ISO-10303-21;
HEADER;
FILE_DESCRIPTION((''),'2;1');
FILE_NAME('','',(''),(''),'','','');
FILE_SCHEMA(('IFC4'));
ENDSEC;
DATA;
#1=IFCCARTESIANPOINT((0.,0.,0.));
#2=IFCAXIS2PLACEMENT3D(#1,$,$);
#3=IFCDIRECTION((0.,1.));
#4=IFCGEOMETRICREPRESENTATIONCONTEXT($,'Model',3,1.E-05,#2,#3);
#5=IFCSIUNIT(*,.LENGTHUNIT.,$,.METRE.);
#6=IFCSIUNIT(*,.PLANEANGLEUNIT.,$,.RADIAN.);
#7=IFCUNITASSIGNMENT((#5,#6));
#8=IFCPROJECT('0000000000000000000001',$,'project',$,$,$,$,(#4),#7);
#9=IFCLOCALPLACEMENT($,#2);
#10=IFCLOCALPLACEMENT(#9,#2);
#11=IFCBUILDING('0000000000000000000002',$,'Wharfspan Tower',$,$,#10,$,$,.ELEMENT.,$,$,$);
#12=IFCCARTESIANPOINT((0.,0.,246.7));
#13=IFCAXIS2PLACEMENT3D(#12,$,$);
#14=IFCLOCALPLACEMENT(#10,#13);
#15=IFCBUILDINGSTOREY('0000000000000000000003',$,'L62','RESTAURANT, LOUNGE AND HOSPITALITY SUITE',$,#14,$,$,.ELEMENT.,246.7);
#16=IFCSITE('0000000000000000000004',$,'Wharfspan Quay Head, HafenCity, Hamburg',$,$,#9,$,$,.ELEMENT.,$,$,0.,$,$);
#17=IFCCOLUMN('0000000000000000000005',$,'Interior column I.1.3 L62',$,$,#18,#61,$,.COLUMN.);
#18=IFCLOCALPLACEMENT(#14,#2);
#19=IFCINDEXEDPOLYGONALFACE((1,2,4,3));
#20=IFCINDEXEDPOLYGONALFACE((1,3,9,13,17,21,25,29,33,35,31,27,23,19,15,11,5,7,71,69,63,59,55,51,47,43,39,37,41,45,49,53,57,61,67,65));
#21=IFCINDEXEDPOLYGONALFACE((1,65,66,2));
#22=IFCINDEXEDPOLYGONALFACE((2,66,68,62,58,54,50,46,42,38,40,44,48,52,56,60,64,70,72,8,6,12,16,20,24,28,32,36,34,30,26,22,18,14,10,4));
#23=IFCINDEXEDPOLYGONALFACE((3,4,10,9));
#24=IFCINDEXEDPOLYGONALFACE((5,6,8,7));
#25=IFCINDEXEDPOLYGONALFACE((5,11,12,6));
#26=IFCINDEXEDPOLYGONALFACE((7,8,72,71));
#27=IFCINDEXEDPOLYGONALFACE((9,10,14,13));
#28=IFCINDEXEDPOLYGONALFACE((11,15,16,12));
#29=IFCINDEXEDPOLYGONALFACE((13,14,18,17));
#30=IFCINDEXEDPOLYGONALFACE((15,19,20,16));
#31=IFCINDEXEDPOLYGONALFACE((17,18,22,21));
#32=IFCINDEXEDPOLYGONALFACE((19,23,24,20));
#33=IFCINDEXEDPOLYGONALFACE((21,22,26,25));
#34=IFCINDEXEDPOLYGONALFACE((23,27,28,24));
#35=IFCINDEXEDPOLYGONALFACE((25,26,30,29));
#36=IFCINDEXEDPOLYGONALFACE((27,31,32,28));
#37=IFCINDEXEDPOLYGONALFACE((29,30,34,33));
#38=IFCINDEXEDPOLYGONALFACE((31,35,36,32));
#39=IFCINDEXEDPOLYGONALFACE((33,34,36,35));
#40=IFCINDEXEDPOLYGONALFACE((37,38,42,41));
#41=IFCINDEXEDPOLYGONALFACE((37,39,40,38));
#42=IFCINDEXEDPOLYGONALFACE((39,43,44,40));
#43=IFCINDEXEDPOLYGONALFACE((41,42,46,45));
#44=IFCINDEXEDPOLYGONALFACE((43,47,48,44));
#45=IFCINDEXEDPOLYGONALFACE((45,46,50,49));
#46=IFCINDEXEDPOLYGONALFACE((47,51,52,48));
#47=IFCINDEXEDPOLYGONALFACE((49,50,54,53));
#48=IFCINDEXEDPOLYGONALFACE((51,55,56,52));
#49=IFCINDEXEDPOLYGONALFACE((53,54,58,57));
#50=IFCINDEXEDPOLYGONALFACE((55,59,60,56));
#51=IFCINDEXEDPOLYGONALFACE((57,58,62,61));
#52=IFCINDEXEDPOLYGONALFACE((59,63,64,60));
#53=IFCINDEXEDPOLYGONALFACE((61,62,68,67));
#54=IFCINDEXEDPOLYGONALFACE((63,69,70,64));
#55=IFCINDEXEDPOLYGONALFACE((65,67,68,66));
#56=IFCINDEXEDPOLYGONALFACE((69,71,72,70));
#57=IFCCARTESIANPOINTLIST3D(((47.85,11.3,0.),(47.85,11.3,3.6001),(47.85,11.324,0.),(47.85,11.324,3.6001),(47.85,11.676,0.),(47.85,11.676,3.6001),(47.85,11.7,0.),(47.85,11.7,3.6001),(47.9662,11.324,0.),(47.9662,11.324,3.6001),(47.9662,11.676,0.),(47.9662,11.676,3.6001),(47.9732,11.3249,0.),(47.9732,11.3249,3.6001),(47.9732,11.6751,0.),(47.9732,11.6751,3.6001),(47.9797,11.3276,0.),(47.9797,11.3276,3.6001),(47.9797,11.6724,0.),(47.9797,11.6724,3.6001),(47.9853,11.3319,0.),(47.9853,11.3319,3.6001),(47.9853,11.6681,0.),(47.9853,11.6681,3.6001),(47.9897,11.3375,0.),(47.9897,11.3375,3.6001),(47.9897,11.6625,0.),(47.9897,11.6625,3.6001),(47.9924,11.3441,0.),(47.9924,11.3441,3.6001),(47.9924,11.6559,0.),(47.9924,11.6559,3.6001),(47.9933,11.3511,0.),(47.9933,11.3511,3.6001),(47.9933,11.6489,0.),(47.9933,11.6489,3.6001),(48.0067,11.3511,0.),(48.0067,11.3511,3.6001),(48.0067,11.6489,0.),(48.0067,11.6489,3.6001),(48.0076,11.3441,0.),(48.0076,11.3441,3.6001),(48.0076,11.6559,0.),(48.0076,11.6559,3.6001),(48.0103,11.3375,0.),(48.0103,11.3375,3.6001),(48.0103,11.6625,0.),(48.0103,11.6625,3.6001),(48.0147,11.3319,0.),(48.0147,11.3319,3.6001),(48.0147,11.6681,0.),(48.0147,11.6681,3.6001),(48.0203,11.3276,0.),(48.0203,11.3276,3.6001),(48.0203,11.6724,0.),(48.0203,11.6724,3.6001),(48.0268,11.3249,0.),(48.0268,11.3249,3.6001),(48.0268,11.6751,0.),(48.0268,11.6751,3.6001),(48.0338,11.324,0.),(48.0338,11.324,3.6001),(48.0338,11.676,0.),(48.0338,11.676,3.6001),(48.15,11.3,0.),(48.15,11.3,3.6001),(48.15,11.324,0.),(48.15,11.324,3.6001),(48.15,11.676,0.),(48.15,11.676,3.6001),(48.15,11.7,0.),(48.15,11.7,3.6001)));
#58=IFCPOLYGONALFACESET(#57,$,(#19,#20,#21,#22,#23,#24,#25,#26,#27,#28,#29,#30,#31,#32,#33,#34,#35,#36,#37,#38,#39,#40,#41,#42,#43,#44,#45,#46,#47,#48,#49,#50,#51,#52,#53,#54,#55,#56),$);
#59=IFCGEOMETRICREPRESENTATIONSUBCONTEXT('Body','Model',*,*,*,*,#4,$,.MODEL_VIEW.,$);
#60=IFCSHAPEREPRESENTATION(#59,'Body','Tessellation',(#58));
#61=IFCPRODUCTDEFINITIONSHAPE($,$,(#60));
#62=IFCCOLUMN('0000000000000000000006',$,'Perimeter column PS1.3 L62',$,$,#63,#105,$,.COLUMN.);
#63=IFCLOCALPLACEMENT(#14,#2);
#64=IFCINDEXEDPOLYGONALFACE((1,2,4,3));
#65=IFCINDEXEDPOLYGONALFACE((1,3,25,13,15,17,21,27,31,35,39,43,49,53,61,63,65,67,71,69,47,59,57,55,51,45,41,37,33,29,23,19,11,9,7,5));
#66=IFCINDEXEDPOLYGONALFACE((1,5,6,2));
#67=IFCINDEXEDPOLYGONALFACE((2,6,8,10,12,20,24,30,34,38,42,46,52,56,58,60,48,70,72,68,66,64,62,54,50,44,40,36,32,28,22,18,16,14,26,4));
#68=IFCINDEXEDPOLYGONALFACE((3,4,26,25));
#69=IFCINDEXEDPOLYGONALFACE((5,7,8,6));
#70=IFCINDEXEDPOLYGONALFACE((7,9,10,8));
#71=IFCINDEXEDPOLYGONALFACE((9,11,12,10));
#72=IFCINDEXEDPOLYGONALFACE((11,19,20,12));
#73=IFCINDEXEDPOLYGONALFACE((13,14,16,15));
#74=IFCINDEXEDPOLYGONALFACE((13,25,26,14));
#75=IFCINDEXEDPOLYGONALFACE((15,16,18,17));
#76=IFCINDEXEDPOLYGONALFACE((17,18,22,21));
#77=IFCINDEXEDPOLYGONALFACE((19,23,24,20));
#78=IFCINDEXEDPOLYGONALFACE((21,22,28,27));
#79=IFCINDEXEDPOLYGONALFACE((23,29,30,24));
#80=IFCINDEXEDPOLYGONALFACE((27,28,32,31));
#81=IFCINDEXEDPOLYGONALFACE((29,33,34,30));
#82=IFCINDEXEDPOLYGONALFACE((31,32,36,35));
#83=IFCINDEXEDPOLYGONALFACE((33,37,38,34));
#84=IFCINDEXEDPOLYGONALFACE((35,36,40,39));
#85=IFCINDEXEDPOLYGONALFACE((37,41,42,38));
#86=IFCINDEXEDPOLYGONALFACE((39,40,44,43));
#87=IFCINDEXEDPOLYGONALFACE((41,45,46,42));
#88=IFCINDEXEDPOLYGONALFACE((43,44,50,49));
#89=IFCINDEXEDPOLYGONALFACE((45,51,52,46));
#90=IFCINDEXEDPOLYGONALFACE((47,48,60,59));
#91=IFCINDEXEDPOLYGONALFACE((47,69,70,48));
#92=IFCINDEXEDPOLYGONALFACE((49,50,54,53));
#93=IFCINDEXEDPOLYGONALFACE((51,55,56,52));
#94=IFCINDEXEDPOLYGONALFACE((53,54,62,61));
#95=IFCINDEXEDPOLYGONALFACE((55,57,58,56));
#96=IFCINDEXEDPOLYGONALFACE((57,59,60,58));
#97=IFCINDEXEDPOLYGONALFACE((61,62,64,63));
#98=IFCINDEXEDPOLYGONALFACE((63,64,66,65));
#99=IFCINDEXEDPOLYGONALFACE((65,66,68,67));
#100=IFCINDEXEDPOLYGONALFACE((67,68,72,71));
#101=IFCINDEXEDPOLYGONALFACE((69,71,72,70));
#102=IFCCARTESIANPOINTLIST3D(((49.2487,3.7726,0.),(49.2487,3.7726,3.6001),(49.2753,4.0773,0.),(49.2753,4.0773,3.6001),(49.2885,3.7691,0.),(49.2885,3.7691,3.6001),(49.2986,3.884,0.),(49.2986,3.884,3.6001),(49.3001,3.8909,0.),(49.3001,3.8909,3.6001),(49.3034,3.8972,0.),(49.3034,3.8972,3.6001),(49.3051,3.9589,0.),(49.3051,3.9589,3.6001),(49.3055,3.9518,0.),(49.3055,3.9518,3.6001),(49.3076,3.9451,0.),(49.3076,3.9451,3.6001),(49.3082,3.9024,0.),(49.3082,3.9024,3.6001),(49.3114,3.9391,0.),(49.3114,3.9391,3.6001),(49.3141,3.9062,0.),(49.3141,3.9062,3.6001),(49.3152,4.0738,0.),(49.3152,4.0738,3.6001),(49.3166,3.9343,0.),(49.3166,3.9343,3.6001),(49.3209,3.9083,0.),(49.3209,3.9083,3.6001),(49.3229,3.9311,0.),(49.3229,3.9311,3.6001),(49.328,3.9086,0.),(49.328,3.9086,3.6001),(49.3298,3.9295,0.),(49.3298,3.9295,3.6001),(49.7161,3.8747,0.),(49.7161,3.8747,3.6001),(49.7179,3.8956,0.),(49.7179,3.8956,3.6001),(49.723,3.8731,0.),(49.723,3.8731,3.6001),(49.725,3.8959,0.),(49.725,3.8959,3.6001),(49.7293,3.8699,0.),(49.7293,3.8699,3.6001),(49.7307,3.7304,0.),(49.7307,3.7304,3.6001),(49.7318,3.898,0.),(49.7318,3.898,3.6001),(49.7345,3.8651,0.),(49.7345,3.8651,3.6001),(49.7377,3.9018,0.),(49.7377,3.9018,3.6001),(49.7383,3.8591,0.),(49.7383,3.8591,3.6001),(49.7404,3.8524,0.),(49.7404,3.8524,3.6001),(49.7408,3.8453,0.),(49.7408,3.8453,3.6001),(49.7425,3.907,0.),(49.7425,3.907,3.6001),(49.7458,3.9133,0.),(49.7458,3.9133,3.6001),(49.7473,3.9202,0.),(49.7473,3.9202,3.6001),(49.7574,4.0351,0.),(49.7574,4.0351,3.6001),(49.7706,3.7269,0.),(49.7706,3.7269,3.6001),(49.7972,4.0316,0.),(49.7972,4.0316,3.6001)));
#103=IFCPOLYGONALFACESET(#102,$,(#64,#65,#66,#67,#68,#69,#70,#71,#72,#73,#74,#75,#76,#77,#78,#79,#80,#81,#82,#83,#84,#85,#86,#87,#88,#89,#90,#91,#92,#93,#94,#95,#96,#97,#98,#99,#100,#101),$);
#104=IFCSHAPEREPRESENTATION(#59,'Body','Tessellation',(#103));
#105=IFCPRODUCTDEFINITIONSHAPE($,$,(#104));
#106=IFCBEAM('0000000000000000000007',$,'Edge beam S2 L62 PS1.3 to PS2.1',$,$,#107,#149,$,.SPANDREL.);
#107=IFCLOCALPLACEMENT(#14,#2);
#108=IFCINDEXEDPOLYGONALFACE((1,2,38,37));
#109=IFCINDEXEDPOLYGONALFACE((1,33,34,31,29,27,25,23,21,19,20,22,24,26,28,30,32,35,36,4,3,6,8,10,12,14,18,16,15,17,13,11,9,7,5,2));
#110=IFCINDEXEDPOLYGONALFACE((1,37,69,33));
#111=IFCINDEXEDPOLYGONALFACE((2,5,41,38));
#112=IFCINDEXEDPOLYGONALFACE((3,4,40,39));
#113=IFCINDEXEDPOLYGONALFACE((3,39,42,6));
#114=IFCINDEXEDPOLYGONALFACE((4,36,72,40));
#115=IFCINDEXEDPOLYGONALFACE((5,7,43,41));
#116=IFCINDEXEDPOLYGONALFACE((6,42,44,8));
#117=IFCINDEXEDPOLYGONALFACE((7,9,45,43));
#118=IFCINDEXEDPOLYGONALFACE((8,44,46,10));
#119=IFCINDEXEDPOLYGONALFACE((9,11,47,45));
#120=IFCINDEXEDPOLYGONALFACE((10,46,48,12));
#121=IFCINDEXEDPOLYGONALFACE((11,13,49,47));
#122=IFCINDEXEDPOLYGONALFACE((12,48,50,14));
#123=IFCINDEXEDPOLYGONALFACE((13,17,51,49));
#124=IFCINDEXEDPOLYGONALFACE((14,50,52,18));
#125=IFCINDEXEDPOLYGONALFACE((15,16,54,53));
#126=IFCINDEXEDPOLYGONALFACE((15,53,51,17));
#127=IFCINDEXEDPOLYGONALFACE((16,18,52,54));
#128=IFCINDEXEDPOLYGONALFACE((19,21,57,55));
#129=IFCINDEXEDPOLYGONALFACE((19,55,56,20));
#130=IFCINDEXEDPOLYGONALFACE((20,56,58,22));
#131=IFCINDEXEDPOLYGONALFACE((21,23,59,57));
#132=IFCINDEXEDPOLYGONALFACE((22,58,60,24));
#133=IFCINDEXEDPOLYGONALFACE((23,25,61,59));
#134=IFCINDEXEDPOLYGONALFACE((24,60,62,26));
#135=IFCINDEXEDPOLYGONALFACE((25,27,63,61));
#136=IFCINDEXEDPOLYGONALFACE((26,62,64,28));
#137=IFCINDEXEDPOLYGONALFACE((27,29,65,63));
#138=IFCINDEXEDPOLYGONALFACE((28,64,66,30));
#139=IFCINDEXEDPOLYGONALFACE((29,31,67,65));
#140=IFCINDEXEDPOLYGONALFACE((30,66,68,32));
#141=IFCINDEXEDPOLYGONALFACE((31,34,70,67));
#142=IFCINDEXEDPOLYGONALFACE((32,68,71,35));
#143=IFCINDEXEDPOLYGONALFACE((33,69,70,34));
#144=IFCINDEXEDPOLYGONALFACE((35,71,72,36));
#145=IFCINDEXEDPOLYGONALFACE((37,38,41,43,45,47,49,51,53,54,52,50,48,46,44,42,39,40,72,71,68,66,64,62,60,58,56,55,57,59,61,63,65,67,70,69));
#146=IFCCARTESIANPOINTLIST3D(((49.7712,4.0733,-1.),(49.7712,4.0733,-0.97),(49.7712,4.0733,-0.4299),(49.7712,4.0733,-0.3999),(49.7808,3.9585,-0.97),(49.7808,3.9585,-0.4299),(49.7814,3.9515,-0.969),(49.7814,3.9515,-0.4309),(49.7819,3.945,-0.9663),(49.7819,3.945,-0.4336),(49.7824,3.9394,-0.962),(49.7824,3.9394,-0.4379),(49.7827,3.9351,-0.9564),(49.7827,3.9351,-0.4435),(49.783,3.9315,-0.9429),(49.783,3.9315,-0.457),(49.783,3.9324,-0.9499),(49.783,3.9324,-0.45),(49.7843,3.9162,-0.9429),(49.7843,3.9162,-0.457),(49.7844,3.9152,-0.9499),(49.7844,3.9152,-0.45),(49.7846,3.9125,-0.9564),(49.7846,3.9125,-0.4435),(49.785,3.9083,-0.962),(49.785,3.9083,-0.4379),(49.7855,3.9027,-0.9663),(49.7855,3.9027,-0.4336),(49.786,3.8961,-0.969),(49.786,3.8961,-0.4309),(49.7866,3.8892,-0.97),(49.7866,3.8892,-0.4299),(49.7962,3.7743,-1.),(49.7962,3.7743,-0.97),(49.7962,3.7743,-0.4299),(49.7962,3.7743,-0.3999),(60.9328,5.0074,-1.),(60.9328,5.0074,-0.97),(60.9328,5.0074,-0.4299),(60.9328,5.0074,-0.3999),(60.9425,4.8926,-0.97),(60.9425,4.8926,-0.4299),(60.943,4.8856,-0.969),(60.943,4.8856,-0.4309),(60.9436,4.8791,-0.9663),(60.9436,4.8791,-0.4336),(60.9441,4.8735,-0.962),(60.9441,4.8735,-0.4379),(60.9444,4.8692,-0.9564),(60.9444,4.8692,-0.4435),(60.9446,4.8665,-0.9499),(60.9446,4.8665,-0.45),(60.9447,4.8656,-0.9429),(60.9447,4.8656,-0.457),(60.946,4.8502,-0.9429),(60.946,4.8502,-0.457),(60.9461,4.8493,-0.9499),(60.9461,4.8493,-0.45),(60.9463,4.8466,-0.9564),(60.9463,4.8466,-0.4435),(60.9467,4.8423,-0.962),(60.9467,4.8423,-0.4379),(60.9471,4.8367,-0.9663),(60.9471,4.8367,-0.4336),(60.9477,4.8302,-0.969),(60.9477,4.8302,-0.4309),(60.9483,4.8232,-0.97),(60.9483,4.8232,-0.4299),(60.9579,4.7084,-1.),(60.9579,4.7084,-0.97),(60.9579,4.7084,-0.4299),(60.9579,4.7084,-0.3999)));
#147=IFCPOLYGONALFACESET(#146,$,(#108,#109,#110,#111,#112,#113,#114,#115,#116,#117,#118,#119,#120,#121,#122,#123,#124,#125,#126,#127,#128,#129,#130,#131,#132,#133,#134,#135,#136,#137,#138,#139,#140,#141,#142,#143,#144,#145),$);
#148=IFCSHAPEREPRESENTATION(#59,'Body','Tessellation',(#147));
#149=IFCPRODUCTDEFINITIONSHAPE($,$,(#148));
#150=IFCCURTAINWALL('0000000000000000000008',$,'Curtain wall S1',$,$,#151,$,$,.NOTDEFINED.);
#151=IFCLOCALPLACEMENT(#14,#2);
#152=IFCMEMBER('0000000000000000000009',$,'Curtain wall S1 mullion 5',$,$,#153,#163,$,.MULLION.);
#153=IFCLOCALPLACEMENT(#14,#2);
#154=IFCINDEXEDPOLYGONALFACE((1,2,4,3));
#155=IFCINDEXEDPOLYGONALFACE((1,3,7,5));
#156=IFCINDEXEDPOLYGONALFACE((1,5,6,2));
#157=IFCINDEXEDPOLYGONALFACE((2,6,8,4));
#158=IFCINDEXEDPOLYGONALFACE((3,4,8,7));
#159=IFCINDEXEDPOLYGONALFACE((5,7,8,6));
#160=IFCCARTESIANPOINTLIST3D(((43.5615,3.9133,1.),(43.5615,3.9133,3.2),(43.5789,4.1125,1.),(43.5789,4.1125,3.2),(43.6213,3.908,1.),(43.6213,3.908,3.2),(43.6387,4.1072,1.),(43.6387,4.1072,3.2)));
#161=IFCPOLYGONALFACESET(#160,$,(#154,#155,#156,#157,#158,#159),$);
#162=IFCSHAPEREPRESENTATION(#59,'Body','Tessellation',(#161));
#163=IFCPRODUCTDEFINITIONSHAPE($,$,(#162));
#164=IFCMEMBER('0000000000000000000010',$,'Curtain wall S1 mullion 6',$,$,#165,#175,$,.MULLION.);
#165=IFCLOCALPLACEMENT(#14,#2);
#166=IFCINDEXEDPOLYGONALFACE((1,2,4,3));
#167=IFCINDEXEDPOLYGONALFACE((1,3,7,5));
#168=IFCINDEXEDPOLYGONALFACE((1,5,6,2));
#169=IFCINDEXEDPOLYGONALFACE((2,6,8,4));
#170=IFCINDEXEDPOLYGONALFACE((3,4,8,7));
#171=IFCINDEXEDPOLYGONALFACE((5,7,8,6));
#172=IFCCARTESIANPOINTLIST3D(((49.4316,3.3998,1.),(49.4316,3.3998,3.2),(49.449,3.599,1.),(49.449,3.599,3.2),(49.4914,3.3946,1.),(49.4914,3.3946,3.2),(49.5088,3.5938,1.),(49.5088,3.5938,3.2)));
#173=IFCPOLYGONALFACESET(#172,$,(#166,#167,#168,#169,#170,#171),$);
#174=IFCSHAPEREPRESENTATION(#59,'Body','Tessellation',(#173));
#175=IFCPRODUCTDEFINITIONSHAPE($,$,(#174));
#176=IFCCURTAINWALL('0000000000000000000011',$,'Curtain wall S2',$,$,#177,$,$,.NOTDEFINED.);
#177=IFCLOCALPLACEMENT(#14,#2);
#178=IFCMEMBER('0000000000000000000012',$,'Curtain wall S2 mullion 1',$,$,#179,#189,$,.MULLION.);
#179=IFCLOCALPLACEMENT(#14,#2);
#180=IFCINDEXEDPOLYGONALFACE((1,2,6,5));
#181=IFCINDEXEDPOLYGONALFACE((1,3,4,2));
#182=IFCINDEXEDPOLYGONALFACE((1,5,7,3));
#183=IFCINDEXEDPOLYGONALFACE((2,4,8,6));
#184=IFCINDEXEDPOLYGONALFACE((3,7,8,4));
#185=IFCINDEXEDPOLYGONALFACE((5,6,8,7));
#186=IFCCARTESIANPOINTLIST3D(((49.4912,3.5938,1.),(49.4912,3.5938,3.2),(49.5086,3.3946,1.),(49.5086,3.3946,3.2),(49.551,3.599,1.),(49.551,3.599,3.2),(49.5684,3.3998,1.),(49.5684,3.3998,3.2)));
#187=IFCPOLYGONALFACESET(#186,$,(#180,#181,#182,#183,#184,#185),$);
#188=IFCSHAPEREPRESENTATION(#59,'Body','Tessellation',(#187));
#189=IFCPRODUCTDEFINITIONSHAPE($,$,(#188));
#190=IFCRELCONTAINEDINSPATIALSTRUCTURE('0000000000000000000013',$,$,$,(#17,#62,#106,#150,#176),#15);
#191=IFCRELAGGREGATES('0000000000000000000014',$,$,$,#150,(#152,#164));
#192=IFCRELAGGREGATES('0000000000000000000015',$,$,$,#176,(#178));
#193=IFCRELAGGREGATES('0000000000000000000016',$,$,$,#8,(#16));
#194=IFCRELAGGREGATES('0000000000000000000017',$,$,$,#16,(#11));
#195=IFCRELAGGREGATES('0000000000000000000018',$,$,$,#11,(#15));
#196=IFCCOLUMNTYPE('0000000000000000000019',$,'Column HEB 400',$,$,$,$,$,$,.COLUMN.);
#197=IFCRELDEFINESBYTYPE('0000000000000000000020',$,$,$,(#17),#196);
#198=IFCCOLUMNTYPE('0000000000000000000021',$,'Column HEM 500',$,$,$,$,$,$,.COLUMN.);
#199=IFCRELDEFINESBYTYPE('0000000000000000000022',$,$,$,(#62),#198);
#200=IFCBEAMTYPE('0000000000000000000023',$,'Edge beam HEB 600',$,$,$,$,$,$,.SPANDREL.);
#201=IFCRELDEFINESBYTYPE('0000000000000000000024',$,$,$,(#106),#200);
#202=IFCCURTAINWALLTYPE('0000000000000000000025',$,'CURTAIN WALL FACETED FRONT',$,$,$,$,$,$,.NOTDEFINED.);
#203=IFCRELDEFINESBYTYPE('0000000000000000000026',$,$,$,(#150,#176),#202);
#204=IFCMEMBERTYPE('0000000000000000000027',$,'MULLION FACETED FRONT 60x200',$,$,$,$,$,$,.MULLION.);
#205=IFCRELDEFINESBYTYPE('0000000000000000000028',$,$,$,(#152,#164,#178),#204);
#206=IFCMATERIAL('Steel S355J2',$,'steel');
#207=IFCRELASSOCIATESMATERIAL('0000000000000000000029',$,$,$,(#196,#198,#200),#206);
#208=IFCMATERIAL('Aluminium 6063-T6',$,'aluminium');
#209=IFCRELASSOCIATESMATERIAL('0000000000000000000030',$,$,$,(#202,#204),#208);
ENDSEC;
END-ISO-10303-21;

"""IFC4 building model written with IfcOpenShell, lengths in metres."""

from ifc_helpers import new_model, si_unit, direction, frame, origin, origin_2d, place, context, subcontext, project, spatial, rectangle, i_section, extrude, material, material_profile, profile_set, type_object, element, aggregate, save


model = new_model("IFC4")

# Units and contexts
model_context = context("Model", 3, precision=1e-05, world=origin(), true_north=direction((0.0, 1.0)))
body_context = subcontext(model_context, "Body", "Model", "MODEL_VIEW")
ifc_project = project(units=[si_unit("LENGTHUNIT", "METRE"), si_unit("PLANEANGLEUNIT", "RADIAN")], contexts=[model_context])

# Site, building, storey
site_placement = place(None, origin())
site = spatial("IfcSite", under=ifc_project, at=site_placement, Name="Wharfspan Quay Head, HafenCity, Hamburg", CompositionType="ELEMENT", RefElevation=0.0)
building_placement = place(site_placement, origin())
building = spatial("IfcBuilding", under=site, at=building_placement, Name="Wharfspan Tower", CompositionType="ELEMENT")
storey_placement = place(building_placement, frame((0.0, 0.0, 246.7)))
storey = spatial("IfcBuildingStorey", under=building, at=storey_placement, Name="L62", Description="RESTAURANT, LOUNGE AND HOSPITALITY SUITE", CompositionType="ELEMENT", Elevation=246.7)

# Columns
ifc_material_1 = material(Name="Steel S355J2", Category="steel")
ifc_material_profile_1 = material_profile(ifc_material_1, i_section(OverallWidth=0.3, OverallDepth=0.3999, WebThickness=0.0134, FlangeThickness=0.0239, FilletRadius=0.0271, at=origin_2d()))
ifc_profile_set_1 = profile_set([ifc_material_profile_1], Name="Steel S355J2")
column_type_1 = type_object("IfcColumnType", Name="Column HEB 400", PredefinedType="COLUMN", material=ifc_profile_set_1)
column_1_placement = place(storey_placement, frame((48.0, 11.5, 0.0), z_axis=(0.0, 0.0, 1.0), x_axis=(1.0, 0.0, 0.0)))
element("IfcColumn", 1, at=column_1_placement, inside=storey, type_object=column_type_1, Name="Interior column I.1.3 L62", PredefinedType="COLUMN", context=body_context, shape_type="SweptSolid", body=[
    extrude(i_section(OverallWidth=0.3, OverallDepth=0.3999, WebThickness=0.0134, FlangeThickness=0.0239, FilletRadius=0.0271, at=origin_2d()), origin(), (0.0, 0.0, 1.0), 3.6001),
])
ifc_material_profile_2 = material_profile(ifc_material_1, i_section(OverallWidth=0.3059, OverallDepth=0.5239, WebThickness=0.021, FlangeThickness=0.04, FilletRadius=0.0271, at=origin_2d()))
ifc_profile_set_2 = profile_set([ifc_material_profile_2], Name="Steel S355J2")
column_type_2 = type_object("IfcColumnType", Name="Column HEM 500", PredefinedType="COLUMN", material=ifc_profile_set_2)
column_2_placement = place(storey_placement, frame((49.5229, 3.9021, 0.0), z_axis=(0.0, 0.0, 1.0), x_axis=(-0.087156, -0.996197, 0.0)))
element("IfcColumn", 2, at=column_2_placement, inside=storey, type_object=column_type_2, Name="Perimeter column PS1.3 L62", PredefinedType="COLUMN", context=body_context, shape_type="SweptSolid", body=[
    extrude(i_section(OverallWidth=0.3059, OverallDepth=0.5239, WebThickness=0.021, FlangeThickness=0.04, FilletRadius=0.0271, at=origin_2d()), origin(), (0.0, 0.0, 1.0), 3.6001),
])

# Beam
ifc_material_profile_3 = material_profile(ifc_material_1, i_section(OverallWidth=0.3, OverallDepth=0.6001, WebThickness=0.0154, FlangeThickness=0.03, FilletRadius=0.0271, at=origin_2d()))
ifc_profile_set_3 = profile_set([ifc_material_profile_3], Name="Steel S355J2")
beam_type = type_object("IfcBeamType", Name="Edge beam HEB 600", PredefinedType="SPANDREL", material=ifc_profile_set_3)
beam_placement = place(storey_placement, frame((49.7837, 3.9238, -0.7), z_axis=(0.996517, 0.083395, 0.0), x_axis=(-0.083395, 0.996517, 0.0)))
element("IfcBeam", 3, at=beam_placement, inside=storey, type_object=beam_type, Name="Edge beam S2 L62 PS1.3 to PS2.1", PredefinedType="SPANDREL", context=body_context, shape_type="SweptSolid", body=[
    extrude(i_section(OverallWidth=0.3, OverallDepth=0.6001, WebThickness=0.0154, FlangeThickness=0.03, FilletRadius=0.0271, at=origin_2d()), origin(), (0.0, 0.0, 1.0), 11.2007),
])

# Curtain wall, members
ifc_material_2 = material(Name="Aluminium 6063-T6", Category="aluminium")
curtain_wall_type = type_object("IfcCurtainWallType", Name="CURTAIN WALL FACETED FRONT", PredefinedType="NOTDEFINED", material=ifc_material_2)
curtain_wall_1_placement = place(storey_placement, origin())
curtain_wall_1 = element("IfcCurtainWall", 4, at=curtain_wall_1_placement, inside=storey, type_object=curtain_wall_type, Name="Curtain wall S1", PredefinedType="NOTDEFINED")
ifc_material_profile_4 = material_profile(ifc_material_2, rectangle(XDim=0.2, YDim=0.0601, at=origin_2d()))
ifc_profile_set_4 = profile_set([ifc_material_profile_4], Name="Aluminium 6063-T6")
member_type_1 = type_object("IfcMemberType", Name="MULLION FACETED FRONT 60x200", PredefinedType="MULLION", material=ifc_profile_set_4)
member_1_placement = place(storey_placement, frame((43.6001, 4.0103, 1.0), z_axis=(0.0, 0.0, 1.0), x_axis=(0.087156, 0.996197, 0.0)))
member_1 = element("IfcMember", 5, at=member_1_placement, type_object=member_type_1, Name="Curtain wall S1 mullion 5", PredefinedType="MULLION", context=body_context, shape_type="SweptSolid", body=[
    extrude(rectangle(XDim=0.2, YDim=0.0601, at=origin_2d()), origin(), (0.0, 0.0, 1.0), 2.2),
])
member_2_placement = place(storey_placement, frame((49.4702, 3.4968, 1.0), z_axis=(0.0, 0.0, 1.0), x_axis=(0.087156, 0.996197, 0.0)))
member_2 = element("IfcMember", 6, at=member_2_placement, type_object=member_type_1, Name="Curtain wall S1 mullion 6", PredefinedType="MULLION", context=body_context, shape_type="SweptSolid", body=[
    extrude(rectangle(XDim=0.2, YDim=0.0601, at=origin_2d()), origin(), (0.0, 0.0, 1.0), 2.2),
])

# Curtain wall, member
curtain_wall_2_placement = place(storey_placement, origin())
curtain_wall_2 = element("IfcCurtainWall", 7, at=curtain_wall_2_placement, inside=storey, type_object=curtain_wall_type, Name="Curtain wall S2", PredefinedType="NOTDEFINED")
member_3_placement = place(storey_placement, frame((49.5298, 3.4968, 1.0), z_axis=(0.0, 0.0, 1.0), x_axis=(-0.087156, 0.996197, 0.0)))
member_3 = element("IfcMember", 8, at=member_3_placement, type_object=member_type_1, Name="Curtain wall S2 mullion 1", PredefinedType="MULLION", context=body_context, shape_type="SweptSolid", body=[
    extrude(rectangle(XDim=0.2, YDim=0.0601, at=origin_2d()), origin(), (0.0, 0.0, 1.0), 2.2),
])

aggregate(curtain_wall_1, [member_1, member_2])
aggregate(curtain_wall_2, [member_3])

save(model, "model.ifc")
